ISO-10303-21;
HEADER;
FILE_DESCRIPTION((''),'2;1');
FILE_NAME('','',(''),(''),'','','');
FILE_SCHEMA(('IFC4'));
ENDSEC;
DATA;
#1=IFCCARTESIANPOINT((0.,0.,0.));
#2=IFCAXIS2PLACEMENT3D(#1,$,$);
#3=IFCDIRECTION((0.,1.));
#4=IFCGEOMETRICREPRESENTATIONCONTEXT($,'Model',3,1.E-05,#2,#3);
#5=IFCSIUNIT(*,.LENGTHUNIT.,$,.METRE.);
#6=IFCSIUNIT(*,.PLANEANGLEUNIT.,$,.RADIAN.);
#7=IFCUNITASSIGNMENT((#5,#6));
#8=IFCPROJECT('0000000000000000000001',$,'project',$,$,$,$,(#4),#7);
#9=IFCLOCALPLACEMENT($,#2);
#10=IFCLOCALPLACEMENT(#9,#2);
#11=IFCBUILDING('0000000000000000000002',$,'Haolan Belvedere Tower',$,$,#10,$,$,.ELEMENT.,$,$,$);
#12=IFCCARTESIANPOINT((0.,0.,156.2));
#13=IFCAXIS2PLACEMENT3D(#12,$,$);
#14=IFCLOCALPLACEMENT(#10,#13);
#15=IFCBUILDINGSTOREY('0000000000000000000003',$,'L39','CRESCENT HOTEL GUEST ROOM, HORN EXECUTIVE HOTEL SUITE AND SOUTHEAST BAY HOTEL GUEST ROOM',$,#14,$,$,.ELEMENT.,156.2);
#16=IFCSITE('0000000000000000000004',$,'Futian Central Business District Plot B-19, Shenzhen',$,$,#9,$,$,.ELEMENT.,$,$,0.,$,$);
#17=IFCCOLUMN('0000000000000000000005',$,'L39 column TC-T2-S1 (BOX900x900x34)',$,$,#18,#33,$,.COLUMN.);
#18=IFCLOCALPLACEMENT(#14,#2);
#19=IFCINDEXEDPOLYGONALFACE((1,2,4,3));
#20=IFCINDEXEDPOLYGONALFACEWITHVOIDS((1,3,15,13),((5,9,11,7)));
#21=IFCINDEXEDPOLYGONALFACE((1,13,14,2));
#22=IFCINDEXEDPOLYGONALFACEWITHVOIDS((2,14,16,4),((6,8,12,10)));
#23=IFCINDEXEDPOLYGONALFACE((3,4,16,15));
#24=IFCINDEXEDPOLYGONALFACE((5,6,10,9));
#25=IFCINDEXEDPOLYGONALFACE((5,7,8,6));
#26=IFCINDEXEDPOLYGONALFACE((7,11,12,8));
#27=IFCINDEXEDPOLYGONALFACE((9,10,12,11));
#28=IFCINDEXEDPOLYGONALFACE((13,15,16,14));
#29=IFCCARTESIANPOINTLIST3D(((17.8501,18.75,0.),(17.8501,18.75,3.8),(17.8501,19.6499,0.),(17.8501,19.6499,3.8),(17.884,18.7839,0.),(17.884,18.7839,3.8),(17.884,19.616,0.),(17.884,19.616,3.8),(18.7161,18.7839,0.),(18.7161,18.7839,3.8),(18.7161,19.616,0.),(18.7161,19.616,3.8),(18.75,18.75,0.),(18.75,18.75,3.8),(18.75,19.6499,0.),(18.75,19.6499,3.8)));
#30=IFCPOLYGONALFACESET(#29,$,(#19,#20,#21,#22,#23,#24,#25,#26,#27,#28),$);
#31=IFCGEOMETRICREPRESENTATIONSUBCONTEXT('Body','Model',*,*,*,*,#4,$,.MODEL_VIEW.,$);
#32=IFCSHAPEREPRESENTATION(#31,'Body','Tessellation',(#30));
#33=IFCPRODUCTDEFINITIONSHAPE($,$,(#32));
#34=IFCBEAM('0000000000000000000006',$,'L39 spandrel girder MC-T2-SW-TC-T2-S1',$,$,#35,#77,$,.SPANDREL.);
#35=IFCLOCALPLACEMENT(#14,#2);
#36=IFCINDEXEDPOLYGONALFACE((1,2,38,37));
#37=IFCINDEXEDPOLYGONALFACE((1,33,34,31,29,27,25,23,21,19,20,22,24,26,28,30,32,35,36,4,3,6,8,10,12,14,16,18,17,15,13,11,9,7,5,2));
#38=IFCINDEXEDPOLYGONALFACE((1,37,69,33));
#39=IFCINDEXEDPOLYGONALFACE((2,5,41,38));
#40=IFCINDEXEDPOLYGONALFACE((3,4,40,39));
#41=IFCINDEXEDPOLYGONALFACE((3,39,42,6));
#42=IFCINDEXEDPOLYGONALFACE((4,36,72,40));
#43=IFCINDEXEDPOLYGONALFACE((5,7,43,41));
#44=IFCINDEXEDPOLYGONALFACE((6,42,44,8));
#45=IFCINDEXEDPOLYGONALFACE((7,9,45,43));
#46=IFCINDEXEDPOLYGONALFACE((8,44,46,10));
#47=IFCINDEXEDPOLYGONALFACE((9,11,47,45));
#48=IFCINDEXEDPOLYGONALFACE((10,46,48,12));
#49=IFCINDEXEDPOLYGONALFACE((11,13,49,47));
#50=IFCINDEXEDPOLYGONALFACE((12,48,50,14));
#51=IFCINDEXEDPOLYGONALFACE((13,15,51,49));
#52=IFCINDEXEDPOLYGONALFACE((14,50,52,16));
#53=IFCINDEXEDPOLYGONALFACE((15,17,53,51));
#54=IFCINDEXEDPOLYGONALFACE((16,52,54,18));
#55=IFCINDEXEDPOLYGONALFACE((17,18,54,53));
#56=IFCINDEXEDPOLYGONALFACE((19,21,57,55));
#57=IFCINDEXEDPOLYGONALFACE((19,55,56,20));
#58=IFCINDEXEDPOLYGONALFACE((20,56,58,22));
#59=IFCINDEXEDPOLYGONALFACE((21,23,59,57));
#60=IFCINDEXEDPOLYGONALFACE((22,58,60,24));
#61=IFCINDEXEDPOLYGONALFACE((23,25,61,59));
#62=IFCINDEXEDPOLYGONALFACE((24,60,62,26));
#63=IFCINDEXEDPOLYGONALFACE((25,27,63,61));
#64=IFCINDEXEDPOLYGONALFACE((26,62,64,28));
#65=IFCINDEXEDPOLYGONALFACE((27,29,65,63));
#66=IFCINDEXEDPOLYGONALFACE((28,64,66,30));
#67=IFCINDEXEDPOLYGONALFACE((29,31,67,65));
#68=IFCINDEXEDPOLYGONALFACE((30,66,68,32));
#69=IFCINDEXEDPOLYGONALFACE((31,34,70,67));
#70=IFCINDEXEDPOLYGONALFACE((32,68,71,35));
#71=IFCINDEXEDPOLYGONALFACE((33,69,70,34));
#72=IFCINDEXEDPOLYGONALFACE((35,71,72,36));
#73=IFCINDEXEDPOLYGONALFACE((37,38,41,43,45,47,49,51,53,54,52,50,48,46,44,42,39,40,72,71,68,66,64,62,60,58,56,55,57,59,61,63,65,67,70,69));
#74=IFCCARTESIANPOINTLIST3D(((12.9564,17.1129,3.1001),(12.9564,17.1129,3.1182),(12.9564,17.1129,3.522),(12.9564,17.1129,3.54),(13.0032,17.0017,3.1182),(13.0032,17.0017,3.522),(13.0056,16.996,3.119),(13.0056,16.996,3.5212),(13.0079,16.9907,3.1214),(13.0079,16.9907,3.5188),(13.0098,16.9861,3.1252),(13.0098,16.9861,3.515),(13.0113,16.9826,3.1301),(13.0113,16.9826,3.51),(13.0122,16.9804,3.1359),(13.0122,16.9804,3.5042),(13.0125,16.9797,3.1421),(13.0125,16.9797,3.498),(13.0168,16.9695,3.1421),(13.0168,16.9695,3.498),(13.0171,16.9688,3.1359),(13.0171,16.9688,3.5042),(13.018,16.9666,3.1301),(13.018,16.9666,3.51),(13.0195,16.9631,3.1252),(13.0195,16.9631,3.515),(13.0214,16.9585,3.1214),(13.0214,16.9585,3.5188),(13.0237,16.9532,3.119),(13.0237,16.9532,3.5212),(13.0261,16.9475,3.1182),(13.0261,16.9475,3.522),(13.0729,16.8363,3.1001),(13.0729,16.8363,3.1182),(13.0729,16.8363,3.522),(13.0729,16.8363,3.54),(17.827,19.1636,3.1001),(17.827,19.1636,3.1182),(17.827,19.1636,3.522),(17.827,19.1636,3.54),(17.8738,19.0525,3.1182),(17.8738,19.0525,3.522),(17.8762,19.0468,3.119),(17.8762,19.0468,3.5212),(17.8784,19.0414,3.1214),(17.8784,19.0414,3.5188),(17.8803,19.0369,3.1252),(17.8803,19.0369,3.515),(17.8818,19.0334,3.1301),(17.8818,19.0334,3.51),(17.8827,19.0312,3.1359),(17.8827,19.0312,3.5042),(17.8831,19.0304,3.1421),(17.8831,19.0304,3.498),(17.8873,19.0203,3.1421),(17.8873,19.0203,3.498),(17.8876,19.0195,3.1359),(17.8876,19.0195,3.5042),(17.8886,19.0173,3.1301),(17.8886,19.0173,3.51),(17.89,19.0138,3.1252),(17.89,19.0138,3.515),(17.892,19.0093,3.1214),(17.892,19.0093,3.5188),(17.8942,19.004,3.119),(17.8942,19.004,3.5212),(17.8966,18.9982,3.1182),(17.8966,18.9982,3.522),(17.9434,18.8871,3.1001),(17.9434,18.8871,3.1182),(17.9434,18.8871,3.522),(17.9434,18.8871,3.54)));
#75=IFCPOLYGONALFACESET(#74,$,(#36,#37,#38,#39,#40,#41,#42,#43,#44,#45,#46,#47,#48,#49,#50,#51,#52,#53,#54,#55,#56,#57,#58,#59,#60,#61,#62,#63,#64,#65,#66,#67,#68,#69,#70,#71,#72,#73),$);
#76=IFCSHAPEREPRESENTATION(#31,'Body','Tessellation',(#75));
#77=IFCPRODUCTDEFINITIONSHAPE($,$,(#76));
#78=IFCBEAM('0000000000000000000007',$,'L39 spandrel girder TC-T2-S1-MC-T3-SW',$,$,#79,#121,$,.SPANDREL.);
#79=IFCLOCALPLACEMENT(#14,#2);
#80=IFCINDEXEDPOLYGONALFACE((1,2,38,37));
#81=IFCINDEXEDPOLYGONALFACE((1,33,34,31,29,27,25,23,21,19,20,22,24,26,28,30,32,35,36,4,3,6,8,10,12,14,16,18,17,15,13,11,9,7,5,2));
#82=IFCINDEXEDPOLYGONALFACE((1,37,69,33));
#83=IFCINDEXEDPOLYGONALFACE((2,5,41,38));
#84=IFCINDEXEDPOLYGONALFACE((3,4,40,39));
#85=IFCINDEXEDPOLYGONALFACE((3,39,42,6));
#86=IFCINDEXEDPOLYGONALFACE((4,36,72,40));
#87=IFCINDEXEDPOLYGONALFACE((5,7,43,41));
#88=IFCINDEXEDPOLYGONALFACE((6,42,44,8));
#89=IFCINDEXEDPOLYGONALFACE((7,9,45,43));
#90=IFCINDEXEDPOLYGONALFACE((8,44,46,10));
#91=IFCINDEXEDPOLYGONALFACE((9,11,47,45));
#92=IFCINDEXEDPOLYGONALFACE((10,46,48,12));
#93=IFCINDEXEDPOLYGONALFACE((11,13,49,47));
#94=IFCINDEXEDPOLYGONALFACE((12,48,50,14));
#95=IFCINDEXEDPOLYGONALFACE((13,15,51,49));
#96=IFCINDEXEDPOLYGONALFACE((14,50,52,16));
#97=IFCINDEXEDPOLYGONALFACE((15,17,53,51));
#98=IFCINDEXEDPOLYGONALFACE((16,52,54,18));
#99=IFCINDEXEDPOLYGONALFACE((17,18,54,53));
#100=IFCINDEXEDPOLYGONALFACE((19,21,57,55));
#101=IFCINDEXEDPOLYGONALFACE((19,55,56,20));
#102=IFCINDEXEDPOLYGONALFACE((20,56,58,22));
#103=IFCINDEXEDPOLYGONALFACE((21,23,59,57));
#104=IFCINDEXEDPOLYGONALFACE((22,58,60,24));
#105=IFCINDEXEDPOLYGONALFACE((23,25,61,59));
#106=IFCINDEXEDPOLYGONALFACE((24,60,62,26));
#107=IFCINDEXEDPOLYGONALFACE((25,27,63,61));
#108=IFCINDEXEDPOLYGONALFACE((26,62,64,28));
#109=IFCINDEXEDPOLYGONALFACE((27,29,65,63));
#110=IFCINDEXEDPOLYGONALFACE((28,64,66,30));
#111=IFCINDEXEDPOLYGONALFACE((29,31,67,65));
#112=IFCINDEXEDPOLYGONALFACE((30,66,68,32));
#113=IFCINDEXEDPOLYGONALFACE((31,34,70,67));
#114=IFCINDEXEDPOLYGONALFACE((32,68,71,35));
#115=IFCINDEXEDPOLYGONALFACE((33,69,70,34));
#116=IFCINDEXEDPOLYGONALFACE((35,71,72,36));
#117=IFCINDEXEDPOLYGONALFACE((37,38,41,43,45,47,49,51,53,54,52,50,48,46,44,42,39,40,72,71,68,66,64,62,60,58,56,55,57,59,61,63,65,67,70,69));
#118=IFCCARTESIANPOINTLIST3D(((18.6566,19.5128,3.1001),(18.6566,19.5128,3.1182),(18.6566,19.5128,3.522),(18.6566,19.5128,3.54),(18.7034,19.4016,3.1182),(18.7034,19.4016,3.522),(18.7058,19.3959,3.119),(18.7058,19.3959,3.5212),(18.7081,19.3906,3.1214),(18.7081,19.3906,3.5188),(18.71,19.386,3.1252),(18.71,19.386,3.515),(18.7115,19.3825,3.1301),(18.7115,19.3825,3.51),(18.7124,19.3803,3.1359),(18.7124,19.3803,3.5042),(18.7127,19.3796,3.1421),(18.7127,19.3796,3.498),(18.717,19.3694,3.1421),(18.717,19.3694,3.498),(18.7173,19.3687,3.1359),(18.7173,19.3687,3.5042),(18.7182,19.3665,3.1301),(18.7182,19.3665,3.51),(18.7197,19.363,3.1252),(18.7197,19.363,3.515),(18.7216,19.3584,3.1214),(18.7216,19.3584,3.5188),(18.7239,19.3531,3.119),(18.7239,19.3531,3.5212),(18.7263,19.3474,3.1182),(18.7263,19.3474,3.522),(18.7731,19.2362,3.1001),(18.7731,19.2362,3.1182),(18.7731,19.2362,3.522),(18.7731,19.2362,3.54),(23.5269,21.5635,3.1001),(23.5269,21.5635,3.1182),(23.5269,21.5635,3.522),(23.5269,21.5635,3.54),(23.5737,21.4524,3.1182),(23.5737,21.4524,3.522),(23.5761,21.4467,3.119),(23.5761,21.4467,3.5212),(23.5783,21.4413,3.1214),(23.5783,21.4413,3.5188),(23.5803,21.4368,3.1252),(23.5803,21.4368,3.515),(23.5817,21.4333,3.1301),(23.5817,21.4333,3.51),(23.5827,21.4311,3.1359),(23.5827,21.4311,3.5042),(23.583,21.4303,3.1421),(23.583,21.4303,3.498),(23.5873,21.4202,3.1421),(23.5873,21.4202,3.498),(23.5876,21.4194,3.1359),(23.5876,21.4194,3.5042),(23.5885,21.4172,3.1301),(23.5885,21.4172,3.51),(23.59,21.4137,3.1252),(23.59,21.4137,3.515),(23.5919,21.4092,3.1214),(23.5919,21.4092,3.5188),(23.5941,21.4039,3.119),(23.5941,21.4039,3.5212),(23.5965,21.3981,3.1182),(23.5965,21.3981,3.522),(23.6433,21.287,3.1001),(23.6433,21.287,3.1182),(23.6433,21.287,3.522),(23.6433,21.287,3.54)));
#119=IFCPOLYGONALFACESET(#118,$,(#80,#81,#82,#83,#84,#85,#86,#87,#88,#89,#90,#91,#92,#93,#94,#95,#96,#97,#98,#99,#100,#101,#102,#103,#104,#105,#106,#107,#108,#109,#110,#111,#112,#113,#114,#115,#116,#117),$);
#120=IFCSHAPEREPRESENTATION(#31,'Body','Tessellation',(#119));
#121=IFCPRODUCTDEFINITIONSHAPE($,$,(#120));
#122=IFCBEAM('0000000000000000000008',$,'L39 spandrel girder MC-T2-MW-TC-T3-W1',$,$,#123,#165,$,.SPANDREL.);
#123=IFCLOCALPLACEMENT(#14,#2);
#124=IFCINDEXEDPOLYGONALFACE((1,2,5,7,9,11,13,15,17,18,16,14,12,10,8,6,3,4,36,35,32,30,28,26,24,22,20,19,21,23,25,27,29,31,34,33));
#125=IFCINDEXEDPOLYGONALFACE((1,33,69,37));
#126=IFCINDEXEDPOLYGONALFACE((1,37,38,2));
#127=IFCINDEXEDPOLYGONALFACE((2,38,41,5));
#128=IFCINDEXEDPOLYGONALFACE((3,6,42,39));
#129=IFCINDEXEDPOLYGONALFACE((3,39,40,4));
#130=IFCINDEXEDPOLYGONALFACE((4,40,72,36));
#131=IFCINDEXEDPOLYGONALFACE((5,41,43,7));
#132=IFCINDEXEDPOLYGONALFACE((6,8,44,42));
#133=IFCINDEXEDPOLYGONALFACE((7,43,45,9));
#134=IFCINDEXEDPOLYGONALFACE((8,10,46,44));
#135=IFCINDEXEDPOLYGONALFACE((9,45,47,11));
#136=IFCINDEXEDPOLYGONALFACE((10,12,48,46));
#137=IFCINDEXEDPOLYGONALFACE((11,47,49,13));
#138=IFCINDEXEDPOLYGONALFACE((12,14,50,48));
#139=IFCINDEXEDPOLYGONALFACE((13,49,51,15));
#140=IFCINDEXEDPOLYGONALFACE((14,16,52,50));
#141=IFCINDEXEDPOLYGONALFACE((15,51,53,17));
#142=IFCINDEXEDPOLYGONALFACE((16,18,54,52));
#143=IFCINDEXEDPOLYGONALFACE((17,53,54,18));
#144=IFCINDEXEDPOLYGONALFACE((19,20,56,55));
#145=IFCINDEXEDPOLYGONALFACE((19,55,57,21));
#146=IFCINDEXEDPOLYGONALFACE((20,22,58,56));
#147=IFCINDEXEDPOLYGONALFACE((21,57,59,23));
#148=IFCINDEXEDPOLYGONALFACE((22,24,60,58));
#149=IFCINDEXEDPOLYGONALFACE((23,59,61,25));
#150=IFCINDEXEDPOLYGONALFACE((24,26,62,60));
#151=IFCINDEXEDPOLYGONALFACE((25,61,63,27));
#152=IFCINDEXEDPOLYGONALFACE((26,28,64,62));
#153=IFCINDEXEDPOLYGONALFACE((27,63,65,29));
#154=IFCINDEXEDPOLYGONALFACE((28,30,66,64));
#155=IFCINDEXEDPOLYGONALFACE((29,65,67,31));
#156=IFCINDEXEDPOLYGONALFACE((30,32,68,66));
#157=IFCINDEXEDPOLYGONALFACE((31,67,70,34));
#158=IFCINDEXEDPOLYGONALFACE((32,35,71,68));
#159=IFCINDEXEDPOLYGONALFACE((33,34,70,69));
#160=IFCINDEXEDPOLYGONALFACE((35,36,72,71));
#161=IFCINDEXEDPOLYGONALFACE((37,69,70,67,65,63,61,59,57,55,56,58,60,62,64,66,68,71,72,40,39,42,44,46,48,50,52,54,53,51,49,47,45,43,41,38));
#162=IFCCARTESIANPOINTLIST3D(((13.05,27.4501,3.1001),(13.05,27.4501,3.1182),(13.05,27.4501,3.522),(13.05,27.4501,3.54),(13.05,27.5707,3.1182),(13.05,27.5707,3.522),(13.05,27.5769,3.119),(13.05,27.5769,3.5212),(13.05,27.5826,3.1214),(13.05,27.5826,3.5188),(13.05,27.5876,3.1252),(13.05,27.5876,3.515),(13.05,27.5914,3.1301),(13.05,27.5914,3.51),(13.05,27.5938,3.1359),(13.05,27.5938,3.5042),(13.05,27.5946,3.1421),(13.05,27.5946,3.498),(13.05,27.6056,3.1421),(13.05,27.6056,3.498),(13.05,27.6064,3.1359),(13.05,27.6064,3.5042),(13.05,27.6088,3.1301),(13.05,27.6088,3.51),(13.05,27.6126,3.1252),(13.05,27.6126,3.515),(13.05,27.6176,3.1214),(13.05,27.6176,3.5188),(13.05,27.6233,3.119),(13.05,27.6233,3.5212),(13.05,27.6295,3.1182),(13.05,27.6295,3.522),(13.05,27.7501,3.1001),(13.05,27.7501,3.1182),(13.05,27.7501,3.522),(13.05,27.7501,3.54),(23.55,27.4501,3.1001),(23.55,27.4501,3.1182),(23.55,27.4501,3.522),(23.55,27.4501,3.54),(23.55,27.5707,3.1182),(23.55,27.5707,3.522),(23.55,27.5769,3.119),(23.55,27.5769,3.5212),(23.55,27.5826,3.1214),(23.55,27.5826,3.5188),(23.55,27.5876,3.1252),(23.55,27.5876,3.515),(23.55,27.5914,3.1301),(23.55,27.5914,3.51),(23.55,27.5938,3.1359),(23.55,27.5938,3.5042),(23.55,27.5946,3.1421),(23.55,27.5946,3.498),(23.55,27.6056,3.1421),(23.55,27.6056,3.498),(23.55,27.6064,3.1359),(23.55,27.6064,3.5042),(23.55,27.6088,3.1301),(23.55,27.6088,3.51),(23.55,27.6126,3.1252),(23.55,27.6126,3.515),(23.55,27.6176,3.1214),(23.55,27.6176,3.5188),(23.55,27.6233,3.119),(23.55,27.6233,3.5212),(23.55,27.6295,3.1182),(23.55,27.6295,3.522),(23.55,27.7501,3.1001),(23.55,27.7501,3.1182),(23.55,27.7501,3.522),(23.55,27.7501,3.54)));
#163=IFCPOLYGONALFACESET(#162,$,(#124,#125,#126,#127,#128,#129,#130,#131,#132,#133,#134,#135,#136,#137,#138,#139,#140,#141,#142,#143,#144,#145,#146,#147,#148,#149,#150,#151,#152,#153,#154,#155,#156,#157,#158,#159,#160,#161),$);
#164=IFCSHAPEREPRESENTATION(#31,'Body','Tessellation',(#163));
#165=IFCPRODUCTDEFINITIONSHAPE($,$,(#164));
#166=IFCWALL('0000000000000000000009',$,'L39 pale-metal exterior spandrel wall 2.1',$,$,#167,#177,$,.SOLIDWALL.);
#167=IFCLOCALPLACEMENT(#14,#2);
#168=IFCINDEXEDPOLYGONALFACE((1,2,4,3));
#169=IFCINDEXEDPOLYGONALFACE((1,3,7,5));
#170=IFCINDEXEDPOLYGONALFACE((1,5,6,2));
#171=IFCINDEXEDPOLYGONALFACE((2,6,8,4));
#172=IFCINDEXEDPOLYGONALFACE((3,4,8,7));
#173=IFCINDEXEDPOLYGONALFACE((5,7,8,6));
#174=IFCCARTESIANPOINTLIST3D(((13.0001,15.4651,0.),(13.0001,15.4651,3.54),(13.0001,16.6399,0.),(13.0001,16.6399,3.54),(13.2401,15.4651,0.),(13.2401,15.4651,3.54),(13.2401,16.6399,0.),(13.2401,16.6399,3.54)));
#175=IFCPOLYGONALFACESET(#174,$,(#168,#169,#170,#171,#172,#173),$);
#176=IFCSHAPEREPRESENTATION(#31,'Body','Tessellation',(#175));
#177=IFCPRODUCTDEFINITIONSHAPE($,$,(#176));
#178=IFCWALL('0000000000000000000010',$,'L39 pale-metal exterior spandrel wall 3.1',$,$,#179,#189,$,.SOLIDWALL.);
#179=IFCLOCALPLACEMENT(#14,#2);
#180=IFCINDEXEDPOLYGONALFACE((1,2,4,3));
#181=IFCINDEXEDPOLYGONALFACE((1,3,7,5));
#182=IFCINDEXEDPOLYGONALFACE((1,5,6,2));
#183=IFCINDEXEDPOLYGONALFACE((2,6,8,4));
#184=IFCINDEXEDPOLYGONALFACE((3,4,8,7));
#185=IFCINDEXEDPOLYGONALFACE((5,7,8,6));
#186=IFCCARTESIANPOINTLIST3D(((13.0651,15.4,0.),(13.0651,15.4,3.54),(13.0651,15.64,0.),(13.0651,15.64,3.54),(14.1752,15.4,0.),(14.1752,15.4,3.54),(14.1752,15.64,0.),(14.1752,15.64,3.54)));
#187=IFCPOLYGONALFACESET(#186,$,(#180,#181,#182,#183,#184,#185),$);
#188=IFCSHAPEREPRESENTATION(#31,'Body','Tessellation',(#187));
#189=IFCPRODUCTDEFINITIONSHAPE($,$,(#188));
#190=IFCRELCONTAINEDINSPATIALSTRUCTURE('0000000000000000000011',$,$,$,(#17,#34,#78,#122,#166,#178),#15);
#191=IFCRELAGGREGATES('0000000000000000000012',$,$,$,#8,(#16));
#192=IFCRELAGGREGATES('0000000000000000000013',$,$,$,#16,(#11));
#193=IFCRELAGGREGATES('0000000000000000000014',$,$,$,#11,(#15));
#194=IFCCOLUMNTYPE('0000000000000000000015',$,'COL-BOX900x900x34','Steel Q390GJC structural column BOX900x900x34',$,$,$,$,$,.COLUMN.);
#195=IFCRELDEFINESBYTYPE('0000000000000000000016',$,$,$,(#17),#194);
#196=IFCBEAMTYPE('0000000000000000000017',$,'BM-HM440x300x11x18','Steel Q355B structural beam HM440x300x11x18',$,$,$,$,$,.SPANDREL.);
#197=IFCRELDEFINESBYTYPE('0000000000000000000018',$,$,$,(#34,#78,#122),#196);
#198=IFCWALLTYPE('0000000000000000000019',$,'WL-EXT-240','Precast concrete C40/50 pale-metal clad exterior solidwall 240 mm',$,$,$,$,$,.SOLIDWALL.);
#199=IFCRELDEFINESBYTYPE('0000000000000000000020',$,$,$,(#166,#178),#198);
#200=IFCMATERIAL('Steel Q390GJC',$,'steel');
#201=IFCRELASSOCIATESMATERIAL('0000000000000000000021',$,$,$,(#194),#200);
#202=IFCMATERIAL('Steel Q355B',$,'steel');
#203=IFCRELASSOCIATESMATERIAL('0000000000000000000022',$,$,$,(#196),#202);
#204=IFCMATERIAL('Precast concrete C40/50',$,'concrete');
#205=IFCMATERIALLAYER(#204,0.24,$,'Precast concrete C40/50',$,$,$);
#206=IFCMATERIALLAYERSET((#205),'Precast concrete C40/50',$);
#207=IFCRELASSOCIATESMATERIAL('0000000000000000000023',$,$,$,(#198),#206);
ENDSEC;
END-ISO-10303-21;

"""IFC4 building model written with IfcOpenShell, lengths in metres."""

from ifc_helpers import new_model, si_unit, direction, frame, frame_2d, origin, origin_2d, place, context, subcontext, project, spatial, rectangle, hollow_rectangle, i_section, extrude, material, layer, layer_set, material_profile, profile_set, type_object, element, save


model = new_model("IFC4")

# Units and contexts
model_context = context("Model", 3, precision=1e-05, world=origin(), true_north=direction((0.0, 1.0)))
body_context = subcontext(model_context, "Body", "Model", "MODEL_VIEW")
ifc_project = project(units=[si_unit("LENGTHUNIT", "METRE"), si_unit("PLANEANGLEUNIT", "RADIAN")], contexts=[model_context])

# Site, building, storey
site_placement = place(None, origin())
site = spatial("IfcSite", under=ifc_project, at=site_placement, Name="Futian Central Business District Plot B-19, Shenzhen", CompositionType="ELEMENT", RefElevation=0.0)
building_placement = place(site_placement, origin())
building = spatial("IfcBuilding", under=site, at=building_placement, Name="Haolan Belvedere Tower", CompositionType="ELEMENT")
storey_placement = place(building_placement, frame((0.0, 0.0, 156.2)))
storey = spatial("IfcBuildingStorey", under=building, at=storey_placement, Name="L39", Description="CRESCENT HOTEL GUEST ROOM, HORN EXECUTIVE HOTEL SUITE AND SOUTHEAST BAY HOTEL GUEST ROOM", CompositionType="ELEMENT", Elevation=156.2)

# Column
ifc_material_1 = material(Name="Steel Q390GJC", Category="steel")
ifc_material_profile_1 = material_profile(ifc_material_1, hollow_rectangle(XDim=0.8999, YDim=0.8999, WallThickness=0.0339, at=origin_2d()), Name="Steel Q390GJC")
ifc_profile_set_1 = profile_set([ifc_material_profile_1], Name="Steel Q390GJC")
column_type = type_object("IfcColumnType", Name="COL-BOX900x900x34", Description="Steel Q390GJC structural column BOX900x900x34", PredefinedType="COLUMN", material=ifc_profile_set_1)
column_placement = place(storey_placement, frame((18.3, 19.2, 0.0), z_axis=(0.0, 0.0, 1.0), x_axis=(1.0, 0.0, 0.0)))
element("IfcColumn", 1, at=column_placement, inside=storey, type_object=column_type, Name="L39 column TC-T2-S1 (BOX900x900x34)", PredefinedType="COLUMN", context=body_context, shape_type="SweptSolid", body=[
    extrude(hollow_rectangle(XDim=0.8999, YDim=0.8999, WallThickness=0.0339, at=origin_2d()), origin(), (0.0, 0.0, 1.0), 3.8),
])

# Beams
ifc_material_2 = material(Name="Steel Q355B", Category="steel")
ifc_material_profile_2 = material_profile(ifc_material_2, i_section(OverallWidth=0.3, OverallDepth=0.4399, WebThickness=0.011, FlangeThickness=0.0181, FilletRadius=0.0239, at=origin_2d()), Name="Steel Q355B")
ifc_profile_set_2 = profile_set([ifc_material_profile_2], Name="Steel Q355B")
beam_type = type_object("IfcBeamType", Name="BM-HM440x300x11x18", Description="Steel Q355B structural beam HM440x300x11x18", PredefinedType="SPANDREL", material=ifc_profile_set_2)
beam_1_placement = place(storey_placement, frame((13.0146, 16.9746, 3.3201), z_axis=(0.921635, 0.388057, 0.0), x_axis=(-0.388057, 0.921635, 0.0)))
element("IfcBeam", 2, at=beam_1_placement, inside=storey, type_object=beam_type, Name="L39 spandrel girder MC-T2-SW-TC-T2-S1", PredefinedType="SPANDREL", context=body_context, shape_type="SweptSolid", body=[
    extrude(i_section(OverallWidth=0.3, OverallDepth=0.4399, WebThickness=0.011, FlangeThickness=0.0181, FilletRadius=0.0239, at=origin_2d()), origin(), (0.0, 0.0, 1.0), 5.2847),
])
beam_2_placement = place(storey_placement, frame((18.7148, 19.3745, 3.3201), z_axis=(0.921628, 0.388074, 0.0), x_axis=(-0.388074, 0.921628, 0.0)))
element("IfcBeam", 3, at=beam_2_placement, inside=storey, type_object=beam_type, Name="L39 spandrel girder TC-T2-S1-MC-T3-SW", PredefinedType="SPANDREL", context=body_context, shape_type="SweptSolid", body=[
    extrude(i_section(OverallWidth=0.3, OverallDepth=0.4399, WebThickness=0.011, FlangeThickness=0.0181, FilletRadius=0.0239, at=origin_2d()), origin(), (0.0, 0.0, 1.0), 5.2844),
])
beam_3_placement = place(storey_placement, frame((13.05, 27.6001, 3.3201), z_axis=(1.0, 0.0, 0.0), x_axis=(0.0, 1.0, 0.0)))
element("IfcBeam", 4, at=beam_3_placement, inside=storey, type_object=beam_type, Name="L39 spandrel girder MC-T2-MW-TC-T3-W1", PredefinedType="SPANDREL", context=body_context, shape_type="SweptSolid", body=[
    extrude(i_section(OverallWidth=0.3, OverallDepth=0.4399, WebThickness=0.011, FlangeThickness=0.0181, FilletRadius=0.0239, at=origin_2d()), origin(), (0.0, 0.0, 1.0), 10.5),
])

# Walls
ifc_material_3 = material(Name="Precast concrete C40/50", Category="concrete")
ifc_layer_1 = layer(ifc_material_3, 0.24, Name="Precast concrete C40/50")
ifc_layer_set_1 = layer_set([ifc_layer_1], Name="Precast concrete C40/50")
wall_type_1 = type_object("IfcWallType", Name="WL-EXT-240", Description="Precast concrete C40/50 pale-metal clad exterior solidwall 240 mm", PredefinedType="SOLIDWALL", material=ifc_layer_set_1)
wall_1_placement = place(storey_placement, frame((13.1201, 16.6399, 0.0), z_axis=(0.0, 0.0, 1.0), x_axis=(0.0, -1.0, 0.0)))
element("IfcWall", 5, at=wall_1_placement, inside=storey, type_object=wall_type_1, Name="L39 pale-metal exterior spandrel wall 2.1", PredefinedType="SOLIDWALL", context=body_context, shape_type="SweptSolid", body=[
    extrude(rectangle(XDim=1.1748, YDim=0.24, at=frame_2d((0.5874, 0.0))), origin(), (0.0, 0.0, 1.0), 3.54),
])
wall_2_placement = place(storey_placement, frame((13.0649, 15.52, 0.0), z_axis=(0.0, 0.0, 1.0), x_axis=(1.0, 0.0, 0.0)))
element("IfcWall", 6, at=wall_2_placement, inside=storey, type_object=wall_type_1, Name="L39 pale-metal exterior spandrel wall 3.1", PredefinedType="SOLIDWALL", context=body_context, shape_type="SweptSolid", body=[
    extrude(rectangle(XDim=1.1101, YDim=0.24, at=frame_2d((0.5552, 0.0))), origin(), (0.0, 0.0, 1.0), 3.54),
])

save(model, "model.ifc")
